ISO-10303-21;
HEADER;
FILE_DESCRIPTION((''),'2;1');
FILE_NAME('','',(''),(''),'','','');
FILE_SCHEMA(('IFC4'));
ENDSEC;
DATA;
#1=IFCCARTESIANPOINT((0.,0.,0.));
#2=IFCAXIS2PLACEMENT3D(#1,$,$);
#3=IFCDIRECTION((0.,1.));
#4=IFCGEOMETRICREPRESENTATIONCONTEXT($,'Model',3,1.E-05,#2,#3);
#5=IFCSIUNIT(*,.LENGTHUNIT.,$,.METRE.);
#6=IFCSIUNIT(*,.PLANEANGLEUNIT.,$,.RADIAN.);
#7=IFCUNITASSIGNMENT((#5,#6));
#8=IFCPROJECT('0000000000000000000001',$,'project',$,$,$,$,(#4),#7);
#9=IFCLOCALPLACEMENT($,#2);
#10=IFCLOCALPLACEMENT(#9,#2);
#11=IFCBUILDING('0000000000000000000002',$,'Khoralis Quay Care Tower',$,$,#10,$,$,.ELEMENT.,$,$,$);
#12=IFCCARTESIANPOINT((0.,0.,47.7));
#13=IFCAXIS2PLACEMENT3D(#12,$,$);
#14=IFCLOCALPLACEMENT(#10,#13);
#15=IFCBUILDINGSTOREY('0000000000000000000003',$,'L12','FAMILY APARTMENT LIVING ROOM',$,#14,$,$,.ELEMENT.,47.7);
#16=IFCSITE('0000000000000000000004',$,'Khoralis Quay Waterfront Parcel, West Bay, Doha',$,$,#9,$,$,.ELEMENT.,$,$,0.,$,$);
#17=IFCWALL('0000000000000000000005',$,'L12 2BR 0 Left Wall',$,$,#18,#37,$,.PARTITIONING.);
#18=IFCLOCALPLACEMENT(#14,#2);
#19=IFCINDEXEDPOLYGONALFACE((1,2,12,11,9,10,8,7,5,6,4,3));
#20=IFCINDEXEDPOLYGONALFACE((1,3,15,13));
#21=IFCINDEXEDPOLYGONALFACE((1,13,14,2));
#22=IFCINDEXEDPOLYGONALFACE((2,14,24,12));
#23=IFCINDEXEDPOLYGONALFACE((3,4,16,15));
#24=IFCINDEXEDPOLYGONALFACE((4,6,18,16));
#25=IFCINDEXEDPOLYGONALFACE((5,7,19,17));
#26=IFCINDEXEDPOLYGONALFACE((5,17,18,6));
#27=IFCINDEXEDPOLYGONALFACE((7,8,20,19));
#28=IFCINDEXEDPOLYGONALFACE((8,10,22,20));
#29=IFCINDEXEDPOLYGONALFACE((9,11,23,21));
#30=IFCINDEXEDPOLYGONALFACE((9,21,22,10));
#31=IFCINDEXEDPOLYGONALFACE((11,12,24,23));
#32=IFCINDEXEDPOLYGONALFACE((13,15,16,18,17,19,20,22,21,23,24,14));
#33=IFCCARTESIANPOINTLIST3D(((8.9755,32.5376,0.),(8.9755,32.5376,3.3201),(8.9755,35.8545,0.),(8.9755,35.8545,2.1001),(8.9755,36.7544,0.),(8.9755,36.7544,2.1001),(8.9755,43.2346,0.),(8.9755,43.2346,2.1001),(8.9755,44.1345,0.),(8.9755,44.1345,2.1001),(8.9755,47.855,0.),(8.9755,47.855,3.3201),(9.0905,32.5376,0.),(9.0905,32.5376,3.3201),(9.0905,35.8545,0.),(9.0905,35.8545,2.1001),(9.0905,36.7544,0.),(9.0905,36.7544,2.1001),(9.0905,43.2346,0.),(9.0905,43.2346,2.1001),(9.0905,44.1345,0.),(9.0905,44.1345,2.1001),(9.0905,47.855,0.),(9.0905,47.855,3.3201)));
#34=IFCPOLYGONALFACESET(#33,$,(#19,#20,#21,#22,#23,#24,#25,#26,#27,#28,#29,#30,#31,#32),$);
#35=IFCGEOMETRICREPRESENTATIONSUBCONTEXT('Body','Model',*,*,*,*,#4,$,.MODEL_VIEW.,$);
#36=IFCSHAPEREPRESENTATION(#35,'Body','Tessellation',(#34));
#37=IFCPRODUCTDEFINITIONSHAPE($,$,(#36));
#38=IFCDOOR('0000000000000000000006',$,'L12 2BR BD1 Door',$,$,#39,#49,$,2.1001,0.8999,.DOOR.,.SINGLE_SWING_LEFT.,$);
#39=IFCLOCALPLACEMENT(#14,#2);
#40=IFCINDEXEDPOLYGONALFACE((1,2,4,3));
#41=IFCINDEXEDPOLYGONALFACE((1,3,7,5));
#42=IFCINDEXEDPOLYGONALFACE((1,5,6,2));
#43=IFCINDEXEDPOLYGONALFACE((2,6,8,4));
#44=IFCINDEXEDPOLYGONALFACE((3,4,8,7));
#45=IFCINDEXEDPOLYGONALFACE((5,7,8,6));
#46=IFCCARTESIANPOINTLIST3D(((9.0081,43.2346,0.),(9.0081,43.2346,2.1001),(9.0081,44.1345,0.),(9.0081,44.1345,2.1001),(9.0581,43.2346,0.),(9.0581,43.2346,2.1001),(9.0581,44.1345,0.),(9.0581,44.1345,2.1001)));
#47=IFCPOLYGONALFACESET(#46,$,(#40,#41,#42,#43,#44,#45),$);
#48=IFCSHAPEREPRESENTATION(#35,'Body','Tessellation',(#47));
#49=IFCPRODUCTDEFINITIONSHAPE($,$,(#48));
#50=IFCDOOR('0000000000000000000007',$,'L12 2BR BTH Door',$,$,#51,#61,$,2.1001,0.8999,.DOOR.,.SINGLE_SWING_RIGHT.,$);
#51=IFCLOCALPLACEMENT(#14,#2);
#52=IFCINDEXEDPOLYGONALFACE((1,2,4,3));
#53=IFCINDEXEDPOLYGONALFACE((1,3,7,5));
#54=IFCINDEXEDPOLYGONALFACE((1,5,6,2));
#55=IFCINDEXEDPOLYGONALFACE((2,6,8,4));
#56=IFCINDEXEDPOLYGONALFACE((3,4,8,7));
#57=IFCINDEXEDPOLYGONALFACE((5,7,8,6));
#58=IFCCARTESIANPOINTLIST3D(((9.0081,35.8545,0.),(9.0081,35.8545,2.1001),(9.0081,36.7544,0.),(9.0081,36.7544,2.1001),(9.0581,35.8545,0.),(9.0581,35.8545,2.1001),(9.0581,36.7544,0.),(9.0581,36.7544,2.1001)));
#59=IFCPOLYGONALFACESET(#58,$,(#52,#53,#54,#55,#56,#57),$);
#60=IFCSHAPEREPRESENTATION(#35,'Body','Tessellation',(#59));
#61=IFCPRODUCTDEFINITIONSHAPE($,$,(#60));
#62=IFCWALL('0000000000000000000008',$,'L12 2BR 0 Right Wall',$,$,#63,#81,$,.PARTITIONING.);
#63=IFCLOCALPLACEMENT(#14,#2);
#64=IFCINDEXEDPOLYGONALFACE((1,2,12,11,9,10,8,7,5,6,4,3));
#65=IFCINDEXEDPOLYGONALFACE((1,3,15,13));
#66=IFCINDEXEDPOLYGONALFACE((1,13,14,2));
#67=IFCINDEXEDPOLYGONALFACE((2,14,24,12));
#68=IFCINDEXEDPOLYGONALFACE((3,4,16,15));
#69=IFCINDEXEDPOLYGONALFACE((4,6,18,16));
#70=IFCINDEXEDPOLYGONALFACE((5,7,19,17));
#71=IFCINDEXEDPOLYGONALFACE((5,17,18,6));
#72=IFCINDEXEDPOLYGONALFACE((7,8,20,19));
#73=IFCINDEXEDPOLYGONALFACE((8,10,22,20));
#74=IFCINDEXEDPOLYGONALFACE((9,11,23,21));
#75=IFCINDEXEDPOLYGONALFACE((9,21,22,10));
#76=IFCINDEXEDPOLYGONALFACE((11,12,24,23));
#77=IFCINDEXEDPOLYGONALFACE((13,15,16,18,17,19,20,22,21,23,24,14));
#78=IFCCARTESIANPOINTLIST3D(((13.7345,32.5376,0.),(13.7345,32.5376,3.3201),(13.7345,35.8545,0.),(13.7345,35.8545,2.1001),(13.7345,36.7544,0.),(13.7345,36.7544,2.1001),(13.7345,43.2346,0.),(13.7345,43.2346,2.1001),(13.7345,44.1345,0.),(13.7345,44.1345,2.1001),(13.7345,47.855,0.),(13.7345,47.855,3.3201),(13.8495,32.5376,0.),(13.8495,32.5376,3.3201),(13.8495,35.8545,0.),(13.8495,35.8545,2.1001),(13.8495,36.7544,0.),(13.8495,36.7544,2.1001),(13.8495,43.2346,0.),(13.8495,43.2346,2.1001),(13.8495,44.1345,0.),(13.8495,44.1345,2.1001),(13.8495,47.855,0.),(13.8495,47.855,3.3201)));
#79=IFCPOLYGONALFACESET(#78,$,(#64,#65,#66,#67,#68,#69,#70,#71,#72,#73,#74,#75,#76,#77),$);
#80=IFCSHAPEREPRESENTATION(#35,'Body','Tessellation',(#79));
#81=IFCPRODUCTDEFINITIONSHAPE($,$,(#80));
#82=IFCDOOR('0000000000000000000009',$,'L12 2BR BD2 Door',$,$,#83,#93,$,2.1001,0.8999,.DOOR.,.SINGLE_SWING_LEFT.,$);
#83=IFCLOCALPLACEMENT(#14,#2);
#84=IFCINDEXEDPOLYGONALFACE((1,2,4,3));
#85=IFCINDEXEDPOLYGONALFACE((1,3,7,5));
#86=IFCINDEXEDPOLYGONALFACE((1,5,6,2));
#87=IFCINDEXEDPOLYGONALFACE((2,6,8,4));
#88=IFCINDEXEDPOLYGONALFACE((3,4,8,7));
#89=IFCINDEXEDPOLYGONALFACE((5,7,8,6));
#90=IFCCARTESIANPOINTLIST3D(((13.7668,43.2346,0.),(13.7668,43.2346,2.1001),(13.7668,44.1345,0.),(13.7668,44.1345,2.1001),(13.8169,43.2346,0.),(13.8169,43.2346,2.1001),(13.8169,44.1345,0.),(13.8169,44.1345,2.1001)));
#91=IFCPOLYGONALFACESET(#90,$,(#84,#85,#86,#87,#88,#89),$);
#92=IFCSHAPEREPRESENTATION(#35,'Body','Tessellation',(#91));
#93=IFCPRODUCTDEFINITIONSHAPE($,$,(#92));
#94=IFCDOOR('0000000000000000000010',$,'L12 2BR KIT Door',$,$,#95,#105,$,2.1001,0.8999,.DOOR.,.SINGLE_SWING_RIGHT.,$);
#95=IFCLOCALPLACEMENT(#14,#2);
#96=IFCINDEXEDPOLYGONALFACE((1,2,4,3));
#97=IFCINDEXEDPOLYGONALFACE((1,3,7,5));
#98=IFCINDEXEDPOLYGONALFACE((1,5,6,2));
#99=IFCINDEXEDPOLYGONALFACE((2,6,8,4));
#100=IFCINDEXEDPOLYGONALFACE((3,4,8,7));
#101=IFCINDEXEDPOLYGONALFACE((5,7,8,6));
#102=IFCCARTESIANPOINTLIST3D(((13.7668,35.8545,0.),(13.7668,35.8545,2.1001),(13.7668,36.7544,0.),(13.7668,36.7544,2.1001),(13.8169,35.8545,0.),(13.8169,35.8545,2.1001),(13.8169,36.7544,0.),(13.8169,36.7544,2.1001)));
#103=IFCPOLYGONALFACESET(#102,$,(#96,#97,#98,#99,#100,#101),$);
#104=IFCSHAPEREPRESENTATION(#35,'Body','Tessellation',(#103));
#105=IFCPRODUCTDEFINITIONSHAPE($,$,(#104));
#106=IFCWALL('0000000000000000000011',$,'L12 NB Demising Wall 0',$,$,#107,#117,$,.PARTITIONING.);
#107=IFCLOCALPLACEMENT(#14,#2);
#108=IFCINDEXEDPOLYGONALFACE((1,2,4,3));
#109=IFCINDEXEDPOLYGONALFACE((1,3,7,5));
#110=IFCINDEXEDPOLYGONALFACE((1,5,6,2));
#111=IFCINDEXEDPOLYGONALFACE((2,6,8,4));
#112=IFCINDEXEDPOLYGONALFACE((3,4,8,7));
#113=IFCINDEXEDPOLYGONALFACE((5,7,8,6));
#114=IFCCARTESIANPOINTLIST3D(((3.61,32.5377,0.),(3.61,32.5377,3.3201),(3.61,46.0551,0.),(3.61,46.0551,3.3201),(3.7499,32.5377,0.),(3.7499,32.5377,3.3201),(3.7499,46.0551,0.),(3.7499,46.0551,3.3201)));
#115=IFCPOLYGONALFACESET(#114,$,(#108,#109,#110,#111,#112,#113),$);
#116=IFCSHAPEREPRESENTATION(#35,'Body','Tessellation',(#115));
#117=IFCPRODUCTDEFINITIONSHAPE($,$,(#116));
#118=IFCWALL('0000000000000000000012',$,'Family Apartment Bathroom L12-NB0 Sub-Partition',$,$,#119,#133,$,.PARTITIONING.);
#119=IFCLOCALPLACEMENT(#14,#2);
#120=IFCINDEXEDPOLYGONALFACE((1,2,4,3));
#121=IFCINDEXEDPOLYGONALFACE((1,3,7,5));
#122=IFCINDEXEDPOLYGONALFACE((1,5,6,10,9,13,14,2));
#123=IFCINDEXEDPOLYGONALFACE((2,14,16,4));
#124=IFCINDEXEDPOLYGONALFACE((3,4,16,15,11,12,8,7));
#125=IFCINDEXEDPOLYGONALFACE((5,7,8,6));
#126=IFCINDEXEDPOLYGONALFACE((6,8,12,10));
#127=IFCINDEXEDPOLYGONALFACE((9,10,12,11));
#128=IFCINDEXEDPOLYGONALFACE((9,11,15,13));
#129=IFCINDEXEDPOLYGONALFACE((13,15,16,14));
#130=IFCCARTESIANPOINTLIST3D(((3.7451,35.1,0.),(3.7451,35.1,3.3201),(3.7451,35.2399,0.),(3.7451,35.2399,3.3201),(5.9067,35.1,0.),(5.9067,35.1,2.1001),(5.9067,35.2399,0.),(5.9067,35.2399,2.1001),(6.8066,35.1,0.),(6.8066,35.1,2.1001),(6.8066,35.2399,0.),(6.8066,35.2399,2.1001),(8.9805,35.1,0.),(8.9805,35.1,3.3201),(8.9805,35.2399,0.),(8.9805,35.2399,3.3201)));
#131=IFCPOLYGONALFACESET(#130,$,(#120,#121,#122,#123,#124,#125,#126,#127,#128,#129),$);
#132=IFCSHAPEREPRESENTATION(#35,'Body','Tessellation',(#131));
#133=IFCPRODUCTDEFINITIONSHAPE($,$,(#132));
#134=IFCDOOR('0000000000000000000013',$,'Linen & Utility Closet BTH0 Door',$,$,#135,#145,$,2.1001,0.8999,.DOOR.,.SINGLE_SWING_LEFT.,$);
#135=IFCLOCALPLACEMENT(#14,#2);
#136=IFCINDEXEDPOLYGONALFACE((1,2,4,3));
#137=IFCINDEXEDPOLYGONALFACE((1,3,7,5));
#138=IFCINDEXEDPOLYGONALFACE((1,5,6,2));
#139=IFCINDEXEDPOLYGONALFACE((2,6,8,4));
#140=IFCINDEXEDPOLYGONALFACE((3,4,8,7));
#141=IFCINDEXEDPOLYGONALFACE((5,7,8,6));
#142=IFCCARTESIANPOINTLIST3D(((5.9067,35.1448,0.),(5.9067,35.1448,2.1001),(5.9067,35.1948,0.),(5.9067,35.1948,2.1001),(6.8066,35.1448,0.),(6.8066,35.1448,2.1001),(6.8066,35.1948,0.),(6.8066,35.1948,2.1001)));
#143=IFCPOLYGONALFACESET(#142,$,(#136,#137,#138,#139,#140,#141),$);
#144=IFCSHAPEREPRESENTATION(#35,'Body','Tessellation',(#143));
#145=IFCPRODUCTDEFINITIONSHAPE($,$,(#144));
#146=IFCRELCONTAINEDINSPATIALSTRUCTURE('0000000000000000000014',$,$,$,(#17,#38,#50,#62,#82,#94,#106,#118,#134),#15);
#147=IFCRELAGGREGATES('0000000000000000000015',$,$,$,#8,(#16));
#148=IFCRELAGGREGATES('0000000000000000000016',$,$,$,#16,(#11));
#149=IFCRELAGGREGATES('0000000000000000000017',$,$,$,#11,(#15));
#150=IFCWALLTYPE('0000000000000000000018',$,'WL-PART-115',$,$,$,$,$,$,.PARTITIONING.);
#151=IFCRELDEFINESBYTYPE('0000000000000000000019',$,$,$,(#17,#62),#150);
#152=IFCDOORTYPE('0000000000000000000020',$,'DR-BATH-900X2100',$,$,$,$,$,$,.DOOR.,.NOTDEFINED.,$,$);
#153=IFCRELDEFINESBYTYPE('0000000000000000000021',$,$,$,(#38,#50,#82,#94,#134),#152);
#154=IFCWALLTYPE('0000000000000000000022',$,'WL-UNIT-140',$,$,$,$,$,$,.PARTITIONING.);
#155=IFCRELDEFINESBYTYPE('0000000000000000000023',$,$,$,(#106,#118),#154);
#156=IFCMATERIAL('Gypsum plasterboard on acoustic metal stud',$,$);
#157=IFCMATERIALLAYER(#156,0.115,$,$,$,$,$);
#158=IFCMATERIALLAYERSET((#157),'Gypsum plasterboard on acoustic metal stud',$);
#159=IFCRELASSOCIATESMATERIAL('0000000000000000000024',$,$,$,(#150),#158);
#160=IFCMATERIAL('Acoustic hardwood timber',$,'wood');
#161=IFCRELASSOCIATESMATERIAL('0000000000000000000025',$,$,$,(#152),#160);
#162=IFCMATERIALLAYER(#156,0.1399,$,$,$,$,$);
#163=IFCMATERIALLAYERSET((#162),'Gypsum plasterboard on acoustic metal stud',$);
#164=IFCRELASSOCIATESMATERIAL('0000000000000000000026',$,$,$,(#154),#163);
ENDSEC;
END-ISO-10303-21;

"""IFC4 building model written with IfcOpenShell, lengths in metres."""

from ifc_helpers import new_model, si_unit, direction, frame, frame_2d, origin, place, context, subcontext, project, spatial, rectangle, extrude, source, transform, mapped, material, layer, layer_set, type_object, element, fill, save


model = new_model("IFC4")

# Units and contexts
model_context = context("Model", 3, precision=1e-05, world=origin(), true_north=direction((0.0, 1.0)))
body_context = subcontext(model_context, "Body", "Model", "MODEL_VIEW")
ifc_project = project(units=[si_unit("LENGTHUNIT", "METRE"), si_unit("PLANEANGLEUNIT", "RADIAN")], contexts=[model_context])

# Site, building, storey
site_placement = place(None, origin())
site = spatial("IfcSite", under=ifc_project, at=site_placement, Name="Khoralis Quay Waterfront Parcel, West Bay, Doha", CompositionType="ELEMENT", RefElevation=0.0)
building_placement = place(site_placement, origin())
building = spatial("IfcBuilding", under=site, at=building_placement, Name="Khoralis Quay Care Tower", CompositionType="ELEMENT")
storey_placement = place(building_placement, frame((0.0, 0.0, 47.7)))
storey = spatial("IfcBuildingStorey", under=building, at=storey_placement, Name="L12", Description="FAMILY APARTMENT LIVING ROOM", CompositionType="ELEMENT", Elevation=47.7)

# Shared definitions
ifc_material_1 = material(Name="Gypsum plasterboard on acoustic metal stud")

# Walls, openings, doors
ifc_layer_1 = layer(ifc_material_1, 0.115)
ifc_layer_set_1 = layer_set([ifc_layer_1], Name="Gypsum plasterboard on acoustic metal stud")
wall_type_1 = type_object("IfcWallType", Name="WL-PART-115", PredefinedType="PARTITIONING", material=ifc_layer_set_1)
wall_1_placement = place(storey_placement, frame((9.033, 32.5376, 0.0), z_axis=(0.0, 0.0, 1.0), x_axis=(0.0, 1.0, 0.0)))
wall_1 = element("IfcWall", 1, at=wall_1_placement, inside=storey, type_object=wall_type_1, Name="L12 2BR 0 Left Wall", PredefinedType="PARTITIONING", context=body_context, shape_type="SweptSolid", body=[
    extrude(rectangle(XDim=15.3174, YDim=0.115, at=frame_2d((7.6587, 0.0))), origin(), (0.0, 0.0, 1.0), 3.3201),
])
opening_1_placement = place(wall_1_placement, frame((10.697, 0.0, 0.0)))
opening_1 = element("IfcOpeningElement", 2, at=opening_1_placement, cuts=wall_1, PredefinedType="OPENING", context=body_context, shape_type="SweptSolid", body=[
    extrude(rectangle(XDim=0.8999, YDim=2.1001, at=frame_2d((0.45, 1.05))), frame((0.0, 0.0674, 0.0), z_axis=(0.0, -1.0, 0.0), x_axis=(1.0, 0.0, 0.0)), (0.0, 0.0, 1.0), 0.135),
])
opening_2_placement = place(wall_1_placement, frame((3.3169, 0.0, 0.0)))
opening_2 = element("IfcOpeningElement", 3, at=opening_2_placement, cuts=wall_1, PredefinedType="OPENING", context=body_context, shape_type="SweptSolid", body=[
    extrude(rectangle(XDim=0.8999, YDim=2.1001, at=frame_2d((0.45, 1.05))), frame((0.0, 0.0674, 0.0), z_axis=(0.0, -1.0, 0.0), x_axis=(1.0, 0.0, 0.0)), (0.0, 0.0, 1.0), 0.135),
])
ifc_material_2 = material(Name="Acoustic hardwood timber", Category="wood")
door_type_1 = type_object("IfcDoorType", Name="DR-BATH-900X2100", OperationType="NOTDEFINED", PredefinedType="DOOR", material=ifc_material_2)
shared_shape_1 = source(origin(), body_context, "Body", "SweptSolid", [
    extrude(rectangle(XDim=0.8999, YDim=2.1001, at=frame_2d((0.45, 1.05))), frame((0.0, 0.0249, 0.0), z_axis=(0.0, -1.0, 0.0), x_axis=(1.0, 0.0, 0.0)), (0.0, 0.0, 1.0), 0.05),
])
door_1_placement = place(opening_1_placement, origin())
door_1 = element("IfcDoor", 4, at=door_1_placement, inside=storey, type_object=door_type_1, Name="L12 2BR BD1 Door", OperationType="SINGLE_SWING_LEFT", OverallHeight=2.1001, OverallWidth=0.8999, PredefinedType="DOOR", context=body_context, shape_type="MappedRepresentation", body=[
    mapped(shared_shape_1, transform((0.0, 0.0, 0.0), scale=1.0)),
])
fill(opening_1, door_1)
door_2_placement = place(opening_2_placement, origin())
door_2 = element("IfcDoor", 5, at=door_2_placement, inside=storey, type_object=door_type_1, Name="L12 2BR BTH Door", OperationType="SINGLE_SWING_RIGHT", OverallHeight=2.1001, OverallWidth=0.8999, PredefinedType="DOOR", context=body_context, shape_type="MappedRepresentation", body=[
    mapped(shared_shape_1, transform((0.0, 0.0, 0.0), scale=1.0)),
])
fill(opening_2, door_2)
wall_2_placement = place(storey_placement, frame((13.792, 32.5376, 0.0), z_axis=(0.0, 0.0, 1.0), x_axis=(0.0, 1.0, 0.0)))
wall_2 = element("IfcWall", 6, at=wall_2_placement, inside=storey, type_object=wall_type_1, Name="L12 2BR 0 Right Wall", PredefinedType="PARTITIONING", context=body_context, shape_type="SweptSolid", body=[
    extrude(rectangle(XDim=15.3174, YDim=0.115, at=frame_2d((7.6587, 0.0))), origin(), (0.0, 0.0, 1.0), 3.3201),
])
opening_3_placement = place(wall_2_placement, frame((10.697, 0.0, 0.0)))
opening_3 = element("IfcOpeningElement", 7, at=opening_3_placement, cuts=wall_2, PredefinedType="OPENING", context=body_context, shape_type="SweptSolid", body=[
    extrude(rectangle(XDim=0.8999, YDim=2.1001, at=frame_2d((0.45, 1.05))), frame((0.0, 0.0674, 0.0), z_axis=(0.0, -1.0, 0.0), x_axis=(1.0, 0.0, 0.0)), (0.0, 0.0, 1.0), 0.135),
])
opening_4_placement = place(wall_2_placement, frame((3.3169, 0.0, 0.0)))
opening_4 = element("IfcOpeningElement", 8, at=opening_4_placement, cuts=wall_2, PredefinedType="OPENING", context=body_context, shape_type="SweptSolid", body=[
    extrude(rectangle(XDim=0.8999, YDim=2.1001, at=frame_2d((0.45, 1.05))), frame((0.0, 0.0674, 0.0), z_axis=(0.0, -1.0, 0.0), x_axis=(1.0, 0.0, 0.0)), (0.0, 0.0, 1.0), 0.135),
])
door_3_placement = place(opening_3_placement, frame((0.8999, 0.0, 0.0), z_axis=(0.0, 0.0, 1.0), x_axis=(-1.0, 0.0, 0.0)))
door_3 = element("IfcDoor", 9, at=door_3_placement, inside=storey, type_object=door_type_1, Name="L12 2BR BD2 Door", OperationType="SINGLE_SWING_LEFT", OverallHeight=2.1001, OverallWidth=0.8999, PredefinedType="DOOR", context=body_context, shape_type="MappedRepresentation", body=[
    mapped(shared_shape_1, transform((0.0, 0.0, 0.0), scale=1.0)),
])
fill(opening_3, door_3)
door_4_placement = place(opening_4_placement, frame((0.8999, 0.0, 0.0), z_axis=(0.0, 0.0, 1.0), x_axis=(-1.0, 0.0, 0.0)))
door_4 = element("IfcDoor", 10, at=door_4_placement, inside=storey, type_object=door_type_1, Name="L12 2BR KIT Door", OperationType="SINGLE_SWING_RIGHT", OverallHeight=2.1001, OverallWidth=0.8999, PredefinedType="DOOR", context=body_context, shape_type="MappedRepresentation", body=[
    mapped(shared_shape_1, transform((0.0, 0.0, 0.0), scale=1.0)),
])
fill(opening_4, door_4)

# Wall
ifc_layer_2 = layer(ifc_material_1, 0.1399)
ifc_layer_set_2 = layer_set([ifc_layer_2], Name="Gypsum plasterboard on acoustic metal stud")
wall_type_2 = type_object("IfcWallType", Name="WL-UNIT-140", PredefinedType="PARTITIONING", material=ifc_layer_set_2)
wall_3_placement = place(storey_placement, frame((3.6799, 32.5376, 0.0), z_axis=(0.0, 0.0, 1.0), x_axis=(0.0, 1.0, 0.0)))
element("IfcWall", 11, at=wall_3_placement, inside=storey, type_object=wall_type_2, Name="L12 NB Demising Wall 0", PredefinedType="PARTITIONING", context=body_context, shape_type="SweptSolid", body=[
    extrude(rectangle(XDim=13.5173, YDim=0.1399, at=frame_2d((6.7588, 0.0))), origin(), (0.0, 0.0, 1.0), 3.3201),
])

# Wall, opening, door
wall_4_placement = place(storey_placement, frame((3.7451, 35.1699, 0.0), z_axis=(0.0, 0.0, 1.0), x_axis=(1.0, 0.0, 0.0)))
wall_4 = element("IfcWall", 12, at=wall_4_placement, inside=storey, type_object=wall_type_2, Name="Family Apartment Bathroom L12-NB0 Sub-Partition", PredefinedType="PARTITIONING", context=body_context, shape_type="SweptSolid", body=[
    extrude(rectangle(XDim=5.2354, YDim=0.1399, at=frame_2d((2.6177, 0.0))), origin(), (0.0, 0.0, 1.0), 3.3201),
])
opening_5_placement = place(wall_4_placement, frame((2.1616, 0.0, 0.0)))
opening_5 = element("IfcOpeningElement", 13, at=opening_5_placement, cuts=wall_4, PredefinedType="OPENING", context=body_context, shape_type="SweptSolid", body=[
    extrude(rectangle(XDim=0.8999, YDim=2.1001, at=frame_2d((0.45, 1.05))), frame((0.0, 0.0801, 0.0), z_axis=(0.0, -1.0, 0.0), x_axis=(1.0, 0.0, 0.0)), (0.0, 0.0, 1.0), 0.1599),
])
door_5_placement = place(opening_5_placement, origin())
door_5 = element("IfcDoor", 14, at=door_5_placement, inside=storey, type_object=door_type_1, Name="Linen & Utility Closet BTH0 Door", OperationType="SINGLE_SWING_LEFT", OverallHeight=2.1001, OverallWidth=0.8999, PredefinedType="DOOR", context=body_context, shape_type="MappedRepresentation", body=[
    mapped(shared_shape_1, transform((0.0, 0.0, 0.0), scale=1.0)),
])
fill(opening_5, door_5)

save(model, "model.ifc")
